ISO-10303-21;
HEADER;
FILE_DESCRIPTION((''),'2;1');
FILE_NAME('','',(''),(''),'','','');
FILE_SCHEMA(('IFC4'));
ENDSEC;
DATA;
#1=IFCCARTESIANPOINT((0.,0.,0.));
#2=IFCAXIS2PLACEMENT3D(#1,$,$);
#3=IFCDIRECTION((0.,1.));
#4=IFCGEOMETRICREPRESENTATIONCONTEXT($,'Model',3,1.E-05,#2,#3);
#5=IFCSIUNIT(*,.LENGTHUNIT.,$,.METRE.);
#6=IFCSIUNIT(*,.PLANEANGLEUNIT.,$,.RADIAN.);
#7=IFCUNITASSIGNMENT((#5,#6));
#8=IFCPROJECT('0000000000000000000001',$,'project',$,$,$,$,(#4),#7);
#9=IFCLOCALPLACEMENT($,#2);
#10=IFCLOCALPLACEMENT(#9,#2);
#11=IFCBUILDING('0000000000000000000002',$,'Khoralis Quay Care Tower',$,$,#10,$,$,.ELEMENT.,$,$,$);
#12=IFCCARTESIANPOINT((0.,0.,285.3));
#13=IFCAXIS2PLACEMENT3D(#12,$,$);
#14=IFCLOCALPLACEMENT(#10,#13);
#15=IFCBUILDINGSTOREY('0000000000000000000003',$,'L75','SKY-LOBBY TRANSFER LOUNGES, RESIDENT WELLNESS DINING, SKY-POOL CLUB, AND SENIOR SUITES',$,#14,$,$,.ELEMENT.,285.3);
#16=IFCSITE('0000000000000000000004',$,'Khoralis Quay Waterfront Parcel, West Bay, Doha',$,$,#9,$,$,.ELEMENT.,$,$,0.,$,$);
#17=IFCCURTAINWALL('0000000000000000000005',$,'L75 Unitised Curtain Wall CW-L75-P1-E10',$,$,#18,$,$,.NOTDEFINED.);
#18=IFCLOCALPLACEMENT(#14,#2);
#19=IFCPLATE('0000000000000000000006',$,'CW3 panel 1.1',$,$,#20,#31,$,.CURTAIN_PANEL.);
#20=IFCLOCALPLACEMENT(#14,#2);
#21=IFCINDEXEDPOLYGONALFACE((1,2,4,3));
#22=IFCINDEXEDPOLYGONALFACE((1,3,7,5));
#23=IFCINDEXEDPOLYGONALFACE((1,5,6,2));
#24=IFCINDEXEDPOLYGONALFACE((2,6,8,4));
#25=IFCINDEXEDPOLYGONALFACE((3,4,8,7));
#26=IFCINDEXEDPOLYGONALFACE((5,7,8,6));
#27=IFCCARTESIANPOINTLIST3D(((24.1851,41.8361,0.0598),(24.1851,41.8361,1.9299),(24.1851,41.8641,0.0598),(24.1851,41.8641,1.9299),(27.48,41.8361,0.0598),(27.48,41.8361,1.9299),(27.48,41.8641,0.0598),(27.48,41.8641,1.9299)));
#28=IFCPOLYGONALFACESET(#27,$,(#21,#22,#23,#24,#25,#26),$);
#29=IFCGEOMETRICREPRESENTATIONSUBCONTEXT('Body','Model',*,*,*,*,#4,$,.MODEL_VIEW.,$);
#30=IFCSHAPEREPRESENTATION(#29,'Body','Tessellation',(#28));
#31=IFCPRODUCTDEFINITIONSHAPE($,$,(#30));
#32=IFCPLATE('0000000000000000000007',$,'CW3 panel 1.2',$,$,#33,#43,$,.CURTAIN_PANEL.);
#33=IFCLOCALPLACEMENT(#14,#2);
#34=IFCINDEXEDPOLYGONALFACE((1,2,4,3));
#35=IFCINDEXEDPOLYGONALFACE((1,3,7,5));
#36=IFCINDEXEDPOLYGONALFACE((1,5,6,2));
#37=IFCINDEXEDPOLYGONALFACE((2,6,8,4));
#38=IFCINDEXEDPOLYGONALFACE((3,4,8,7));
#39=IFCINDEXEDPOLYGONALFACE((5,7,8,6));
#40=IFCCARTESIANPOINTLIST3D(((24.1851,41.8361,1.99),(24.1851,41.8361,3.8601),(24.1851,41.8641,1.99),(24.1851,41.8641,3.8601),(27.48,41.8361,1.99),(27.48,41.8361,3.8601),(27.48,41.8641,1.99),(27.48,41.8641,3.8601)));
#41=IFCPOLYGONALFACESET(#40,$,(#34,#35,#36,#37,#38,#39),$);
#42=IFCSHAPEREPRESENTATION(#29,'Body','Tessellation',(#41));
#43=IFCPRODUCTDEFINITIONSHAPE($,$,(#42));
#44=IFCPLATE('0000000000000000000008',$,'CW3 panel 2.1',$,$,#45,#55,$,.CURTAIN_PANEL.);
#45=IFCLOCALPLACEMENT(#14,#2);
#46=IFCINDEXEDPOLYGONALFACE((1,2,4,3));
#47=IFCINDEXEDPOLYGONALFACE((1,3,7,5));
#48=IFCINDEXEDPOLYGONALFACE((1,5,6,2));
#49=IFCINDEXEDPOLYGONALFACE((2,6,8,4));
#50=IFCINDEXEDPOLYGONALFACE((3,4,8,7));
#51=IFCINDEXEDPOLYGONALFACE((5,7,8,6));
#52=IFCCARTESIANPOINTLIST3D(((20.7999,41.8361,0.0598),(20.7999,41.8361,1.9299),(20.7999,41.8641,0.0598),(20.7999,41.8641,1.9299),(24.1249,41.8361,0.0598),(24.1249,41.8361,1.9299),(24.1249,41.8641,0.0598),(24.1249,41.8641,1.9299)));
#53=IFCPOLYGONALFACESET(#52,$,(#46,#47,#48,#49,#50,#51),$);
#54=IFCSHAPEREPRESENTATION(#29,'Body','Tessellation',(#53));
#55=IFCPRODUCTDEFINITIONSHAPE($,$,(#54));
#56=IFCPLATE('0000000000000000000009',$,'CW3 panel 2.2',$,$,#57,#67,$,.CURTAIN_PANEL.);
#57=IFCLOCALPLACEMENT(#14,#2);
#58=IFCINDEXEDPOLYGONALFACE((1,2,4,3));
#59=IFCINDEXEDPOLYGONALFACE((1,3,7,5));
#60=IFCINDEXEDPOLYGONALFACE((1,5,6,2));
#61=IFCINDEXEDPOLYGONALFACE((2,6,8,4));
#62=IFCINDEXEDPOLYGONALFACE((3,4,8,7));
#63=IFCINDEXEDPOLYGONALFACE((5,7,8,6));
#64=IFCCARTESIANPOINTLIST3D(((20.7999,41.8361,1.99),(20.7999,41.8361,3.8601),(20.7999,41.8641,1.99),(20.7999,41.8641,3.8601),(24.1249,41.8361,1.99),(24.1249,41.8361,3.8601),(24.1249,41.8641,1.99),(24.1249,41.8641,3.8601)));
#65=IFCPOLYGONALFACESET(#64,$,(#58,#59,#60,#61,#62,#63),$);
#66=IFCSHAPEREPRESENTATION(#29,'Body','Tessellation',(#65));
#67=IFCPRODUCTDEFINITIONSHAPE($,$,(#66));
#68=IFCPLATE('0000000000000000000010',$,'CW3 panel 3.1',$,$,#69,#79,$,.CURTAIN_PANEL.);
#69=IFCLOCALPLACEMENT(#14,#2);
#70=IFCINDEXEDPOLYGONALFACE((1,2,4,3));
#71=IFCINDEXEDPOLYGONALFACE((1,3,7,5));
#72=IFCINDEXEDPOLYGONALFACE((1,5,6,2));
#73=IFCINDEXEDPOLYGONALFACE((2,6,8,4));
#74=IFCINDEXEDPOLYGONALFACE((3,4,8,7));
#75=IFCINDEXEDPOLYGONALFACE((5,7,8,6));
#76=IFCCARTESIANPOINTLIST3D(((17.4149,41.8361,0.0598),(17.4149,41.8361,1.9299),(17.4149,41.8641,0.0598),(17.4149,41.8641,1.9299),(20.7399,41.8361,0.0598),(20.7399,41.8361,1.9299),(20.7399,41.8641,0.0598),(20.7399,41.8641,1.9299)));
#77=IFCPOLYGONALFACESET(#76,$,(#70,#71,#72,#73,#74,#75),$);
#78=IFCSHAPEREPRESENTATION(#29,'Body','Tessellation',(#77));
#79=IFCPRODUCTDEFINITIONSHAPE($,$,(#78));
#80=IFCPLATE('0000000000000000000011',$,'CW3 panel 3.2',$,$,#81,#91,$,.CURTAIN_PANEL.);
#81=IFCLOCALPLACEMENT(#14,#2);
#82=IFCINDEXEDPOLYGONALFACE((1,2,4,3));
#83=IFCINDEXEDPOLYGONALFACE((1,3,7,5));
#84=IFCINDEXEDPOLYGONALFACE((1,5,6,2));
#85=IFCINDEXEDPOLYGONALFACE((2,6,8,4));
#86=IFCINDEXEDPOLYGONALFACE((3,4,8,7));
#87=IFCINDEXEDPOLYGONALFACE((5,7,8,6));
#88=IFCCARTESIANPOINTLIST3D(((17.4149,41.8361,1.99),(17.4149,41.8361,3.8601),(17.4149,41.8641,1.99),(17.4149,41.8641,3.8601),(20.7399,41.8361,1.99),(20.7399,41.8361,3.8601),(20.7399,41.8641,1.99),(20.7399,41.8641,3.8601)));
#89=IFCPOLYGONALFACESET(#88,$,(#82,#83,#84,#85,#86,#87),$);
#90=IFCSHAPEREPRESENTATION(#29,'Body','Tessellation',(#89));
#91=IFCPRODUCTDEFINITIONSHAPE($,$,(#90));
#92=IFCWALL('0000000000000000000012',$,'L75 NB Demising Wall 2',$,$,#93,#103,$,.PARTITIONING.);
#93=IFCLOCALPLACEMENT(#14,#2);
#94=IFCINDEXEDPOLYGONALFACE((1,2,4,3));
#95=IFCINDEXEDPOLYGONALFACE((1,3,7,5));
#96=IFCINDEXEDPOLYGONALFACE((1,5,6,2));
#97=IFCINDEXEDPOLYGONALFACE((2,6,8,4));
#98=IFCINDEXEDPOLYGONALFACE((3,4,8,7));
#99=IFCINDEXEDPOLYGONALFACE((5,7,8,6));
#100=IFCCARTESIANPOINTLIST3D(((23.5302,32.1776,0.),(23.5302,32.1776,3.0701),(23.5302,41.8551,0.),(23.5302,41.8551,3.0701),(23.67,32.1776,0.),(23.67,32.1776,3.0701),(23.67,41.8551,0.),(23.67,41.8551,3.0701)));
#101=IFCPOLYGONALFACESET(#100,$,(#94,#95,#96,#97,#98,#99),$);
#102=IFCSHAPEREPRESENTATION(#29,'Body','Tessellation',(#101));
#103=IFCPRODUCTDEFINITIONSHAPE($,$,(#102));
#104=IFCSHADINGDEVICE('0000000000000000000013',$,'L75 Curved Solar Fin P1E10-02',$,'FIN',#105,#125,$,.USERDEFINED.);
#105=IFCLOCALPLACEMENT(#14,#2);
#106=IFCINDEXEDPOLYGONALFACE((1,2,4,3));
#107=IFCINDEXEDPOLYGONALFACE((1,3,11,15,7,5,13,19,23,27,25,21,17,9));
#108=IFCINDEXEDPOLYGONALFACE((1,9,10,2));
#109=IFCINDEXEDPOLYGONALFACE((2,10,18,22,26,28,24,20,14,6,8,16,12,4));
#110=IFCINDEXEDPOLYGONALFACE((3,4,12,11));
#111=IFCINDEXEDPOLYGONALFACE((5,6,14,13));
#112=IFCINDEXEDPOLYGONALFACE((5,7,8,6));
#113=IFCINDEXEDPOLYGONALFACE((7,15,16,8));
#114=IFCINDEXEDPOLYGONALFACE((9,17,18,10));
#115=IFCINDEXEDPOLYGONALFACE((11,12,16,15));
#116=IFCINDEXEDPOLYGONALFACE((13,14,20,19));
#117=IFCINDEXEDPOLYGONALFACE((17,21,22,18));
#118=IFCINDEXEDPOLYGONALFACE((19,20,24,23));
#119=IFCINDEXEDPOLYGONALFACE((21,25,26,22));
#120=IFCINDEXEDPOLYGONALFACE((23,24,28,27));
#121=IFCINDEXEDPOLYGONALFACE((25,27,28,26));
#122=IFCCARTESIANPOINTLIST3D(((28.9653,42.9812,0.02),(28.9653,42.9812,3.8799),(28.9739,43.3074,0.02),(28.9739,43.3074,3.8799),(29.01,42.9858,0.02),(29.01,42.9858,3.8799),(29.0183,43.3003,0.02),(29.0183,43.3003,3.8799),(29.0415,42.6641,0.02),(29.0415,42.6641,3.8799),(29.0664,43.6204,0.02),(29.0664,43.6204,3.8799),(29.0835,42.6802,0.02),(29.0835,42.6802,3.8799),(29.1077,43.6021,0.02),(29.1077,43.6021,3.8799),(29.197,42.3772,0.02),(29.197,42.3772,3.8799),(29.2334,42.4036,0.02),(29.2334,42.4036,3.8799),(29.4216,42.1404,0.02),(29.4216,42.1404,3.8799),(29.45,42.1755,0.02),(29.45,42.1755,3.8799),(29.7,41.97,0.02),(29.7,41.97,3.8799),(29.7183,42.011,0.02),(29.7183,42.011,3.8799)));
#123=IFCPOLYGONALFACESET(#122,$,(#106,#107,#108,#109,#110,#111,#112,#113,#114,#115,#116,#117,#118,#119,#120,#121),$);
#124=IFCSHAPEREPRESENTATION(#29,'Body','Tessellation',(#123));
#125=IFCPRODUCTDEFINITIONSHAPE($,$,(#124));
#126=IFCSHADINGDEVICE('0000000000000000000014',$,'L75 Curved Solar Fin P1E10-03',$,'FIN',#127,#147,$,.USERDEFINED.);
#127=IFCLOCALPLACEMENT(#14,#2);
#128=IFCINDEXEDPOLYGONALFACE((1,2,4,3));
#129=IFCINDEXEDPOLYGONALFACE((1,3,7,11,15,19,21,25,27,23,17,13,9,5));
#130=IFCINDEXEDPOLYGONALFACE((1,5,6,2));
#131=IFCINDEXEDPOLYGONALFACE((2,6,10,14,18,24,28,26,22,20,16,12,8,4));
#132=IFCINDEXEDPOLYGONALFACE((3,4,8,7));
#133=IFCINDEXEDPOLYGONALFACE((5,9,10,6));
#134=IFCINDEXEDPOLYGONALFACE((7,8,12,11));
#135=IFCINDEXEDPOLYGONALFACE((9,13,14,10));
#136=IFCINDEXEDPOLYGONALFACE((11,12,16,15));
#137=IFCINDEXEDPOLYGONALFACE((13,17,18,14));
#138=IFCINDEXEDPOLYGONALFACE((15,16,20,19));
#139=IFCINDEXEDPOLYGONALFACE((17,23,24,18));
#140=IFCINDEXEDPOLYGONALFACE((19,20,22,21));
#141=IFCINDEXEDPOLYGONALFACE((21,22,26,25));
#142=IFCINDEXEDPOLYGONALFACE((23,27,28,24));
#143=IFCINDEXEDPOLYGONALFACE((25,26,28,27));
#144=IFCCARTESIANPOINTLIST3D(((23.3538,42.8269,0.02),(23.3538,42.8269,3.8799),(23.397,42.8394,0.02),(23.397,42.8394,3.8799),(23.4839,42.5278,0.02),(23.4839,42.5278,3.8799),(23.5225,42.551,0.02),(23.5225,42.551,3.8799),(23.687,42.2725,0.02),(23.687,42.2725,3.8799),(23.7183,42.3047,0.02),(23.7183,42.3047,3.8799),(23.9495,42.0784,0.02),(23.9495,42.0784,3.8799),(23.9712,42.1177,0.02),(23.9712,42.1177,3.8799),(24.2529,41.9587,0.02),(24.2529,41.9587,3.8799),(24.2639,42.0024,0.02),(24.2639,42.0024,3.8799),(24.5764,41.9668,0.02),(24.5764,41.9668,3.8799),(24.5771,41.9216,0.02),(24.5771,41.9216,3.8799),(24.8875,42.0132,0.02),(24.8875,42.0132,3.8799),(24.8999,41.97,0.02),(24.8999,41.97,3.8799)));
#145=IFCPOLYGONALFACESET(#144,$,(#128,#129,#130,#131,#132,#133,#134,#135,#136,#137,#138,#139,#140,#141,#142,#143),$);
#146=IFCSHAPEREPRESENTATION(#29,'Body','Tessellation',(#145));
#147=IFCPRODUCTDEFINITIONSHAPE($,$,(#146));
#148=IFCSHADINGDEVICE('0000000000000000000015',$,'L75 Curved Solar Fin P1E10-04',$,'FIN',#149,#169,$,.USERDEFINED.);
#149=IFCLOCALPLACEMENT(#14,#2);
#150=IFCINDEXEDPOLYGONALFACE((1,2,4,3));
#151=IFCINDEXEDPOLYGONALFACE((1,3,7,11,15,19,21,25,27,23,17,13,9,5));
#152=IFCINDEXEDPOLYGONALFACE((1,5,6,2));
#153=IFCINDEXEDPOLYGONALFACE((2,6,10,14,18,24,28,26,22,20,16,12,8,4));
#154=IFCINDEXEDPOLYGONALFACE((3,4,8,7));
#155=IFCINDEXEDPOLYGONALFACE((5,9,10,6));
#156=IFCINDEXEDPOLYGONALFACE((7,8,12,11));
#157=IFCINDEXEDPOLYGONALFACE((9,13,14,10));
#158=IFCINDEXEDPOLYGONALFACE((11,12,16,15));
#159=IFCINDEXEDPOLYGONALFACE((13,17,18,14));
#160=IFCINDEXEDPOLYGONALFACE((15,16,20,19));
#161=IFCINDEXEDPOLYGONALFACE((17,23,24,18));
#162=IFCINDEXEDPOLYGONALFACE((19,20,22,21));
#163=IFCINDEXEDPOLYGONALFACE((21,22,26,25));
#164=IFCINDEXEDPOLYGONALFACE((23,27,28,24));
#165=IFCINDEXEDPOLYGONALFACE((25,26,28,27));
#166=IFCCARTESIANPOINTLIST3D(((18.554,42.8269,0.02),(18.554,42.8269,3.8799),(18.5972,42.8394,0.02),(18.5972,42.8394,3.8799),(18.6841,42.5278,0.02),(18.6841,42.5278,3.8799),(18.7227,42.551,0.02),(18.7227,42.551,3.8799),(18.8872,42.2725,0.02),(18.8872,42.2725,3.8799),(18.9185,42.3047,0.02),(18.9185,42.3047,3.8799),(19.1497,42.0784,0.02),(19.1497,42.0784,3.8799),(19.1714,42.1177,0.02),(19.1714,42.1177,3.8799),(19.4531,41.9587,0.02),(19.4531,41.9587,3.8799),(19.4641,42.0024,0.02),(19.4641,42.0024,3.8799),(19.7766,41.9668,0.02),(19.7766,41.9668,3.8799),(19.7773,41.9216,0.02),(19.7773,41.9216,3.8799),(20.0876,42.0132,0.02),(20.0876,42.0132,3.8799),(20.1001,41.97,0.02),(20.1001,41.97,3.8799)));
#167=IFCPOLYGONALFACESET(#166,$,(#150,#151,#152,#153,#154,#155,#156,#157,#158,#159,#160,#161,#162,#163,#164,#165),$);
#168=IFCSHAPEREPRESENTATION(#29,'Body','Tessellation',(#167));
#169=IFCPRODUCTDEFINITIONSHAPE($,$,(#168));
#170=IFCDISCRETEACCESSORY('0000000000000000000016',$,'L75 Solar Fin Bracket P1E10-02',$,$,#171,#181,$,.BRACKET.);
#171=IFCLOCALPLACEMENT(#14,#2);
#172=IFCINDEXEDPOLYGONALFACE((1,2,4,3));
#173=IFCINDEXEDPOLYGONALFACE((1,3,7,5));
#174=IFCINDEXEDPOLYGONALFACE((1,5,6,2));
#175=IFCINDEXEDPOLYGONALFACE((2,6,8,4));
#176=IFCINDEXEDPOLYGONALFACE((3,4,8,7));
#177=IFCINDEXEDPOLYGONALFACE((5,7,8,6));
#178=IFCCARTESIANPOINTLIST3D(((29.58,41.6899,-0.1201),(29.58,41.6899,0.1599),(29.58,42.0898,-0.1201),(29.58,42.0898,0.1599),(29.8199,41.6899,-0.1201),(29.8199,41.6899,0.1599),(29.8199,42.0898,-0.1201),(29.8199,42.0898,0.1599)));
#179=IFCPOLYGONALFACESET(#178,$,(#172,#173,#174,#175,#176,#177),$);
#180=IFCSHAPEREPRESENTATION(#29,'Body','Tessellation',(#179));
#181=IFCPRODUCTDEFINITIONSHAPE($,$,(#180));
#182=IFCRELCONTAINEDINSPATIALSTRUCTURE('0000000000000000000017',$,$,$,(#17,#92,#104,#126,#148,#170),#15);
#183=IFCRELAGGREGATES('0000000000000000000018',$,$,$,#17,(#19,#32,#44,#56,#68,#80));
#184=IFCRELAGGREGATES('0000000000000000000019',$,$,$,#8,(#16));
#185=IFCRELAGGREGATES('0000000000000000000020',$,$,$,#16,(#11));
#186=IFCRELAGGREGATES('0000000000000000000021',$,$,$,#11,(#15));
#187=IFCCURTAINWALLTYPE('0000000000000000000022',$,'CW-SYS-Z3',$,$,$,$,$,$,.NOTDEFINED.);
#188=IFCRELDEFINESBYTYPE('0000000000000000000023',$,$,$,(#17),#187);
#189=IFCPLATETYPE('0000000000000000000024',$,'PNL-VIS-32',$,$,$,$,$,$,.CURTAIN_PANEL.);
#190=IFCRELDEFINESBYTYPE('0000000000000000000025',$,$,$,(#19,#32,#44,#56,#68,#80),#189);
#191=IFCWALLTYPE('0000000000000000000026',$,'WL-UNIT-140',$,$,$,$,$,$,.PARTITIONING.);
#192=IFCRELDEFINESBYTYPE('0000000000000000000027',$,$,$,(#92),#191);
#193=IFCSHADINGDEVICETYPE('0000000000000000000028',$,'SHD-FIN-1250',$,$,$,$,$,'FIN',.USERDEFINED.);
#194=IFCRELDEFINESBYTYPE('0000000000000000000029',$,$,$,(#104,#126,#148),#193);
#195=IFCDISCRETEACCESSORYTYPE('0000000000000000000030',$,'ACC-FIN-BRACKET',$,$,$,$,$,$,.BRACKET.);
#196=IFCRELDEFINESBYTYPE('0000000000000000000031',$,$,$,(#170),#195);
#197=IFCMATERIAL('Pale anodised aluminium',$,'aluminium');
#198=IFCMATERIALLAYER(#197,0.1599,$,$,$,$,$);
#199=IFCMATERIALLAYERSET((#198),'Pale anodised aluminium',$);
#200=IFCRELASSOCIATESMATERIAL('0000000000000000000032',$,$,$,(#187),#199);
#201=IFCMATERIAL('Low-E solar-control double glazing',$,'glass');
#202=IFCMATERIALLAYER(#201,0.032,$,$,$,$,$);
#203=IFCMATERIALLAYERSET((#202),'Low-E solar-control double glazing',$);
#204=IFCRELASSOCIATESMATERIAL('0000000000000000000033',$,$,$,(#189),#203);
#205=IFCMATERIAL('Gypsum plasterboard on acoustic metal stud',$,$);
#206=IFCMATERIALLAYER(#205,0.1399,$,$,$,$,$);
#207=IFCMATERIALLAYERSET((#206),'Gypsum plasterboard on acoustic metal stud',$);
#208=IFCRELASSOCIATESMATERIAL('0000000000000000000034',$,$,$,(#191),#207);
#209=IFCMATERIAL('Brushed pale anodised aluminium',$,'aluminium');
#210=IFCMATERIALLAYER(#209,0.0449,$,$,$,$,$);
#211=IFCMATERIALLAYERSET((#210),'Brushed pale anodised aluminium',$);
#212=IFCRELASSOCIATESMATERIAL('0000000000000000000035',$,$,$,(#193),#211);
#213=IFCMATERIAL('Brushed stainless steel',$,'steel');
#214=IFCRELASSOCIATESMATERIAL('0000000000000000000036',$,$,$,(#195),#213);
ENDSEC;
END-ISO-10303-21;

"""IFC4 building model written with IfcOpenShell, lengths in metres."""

from ifc_helpers import new_model, si_unit, direction, frame, frame_2d, origin, origin_2d, place, context, subcontext, project, spatial, polyline, rectangle, outline, extrude, source, transform, mapped, material, layer, layer_set, type_object, element, aggregate, save


model = new_model("IFC4")

# Units and contexts
model_context = context("Model", 3, precision=1e-05, world=origin(), true_north=direction((0.0, 1.0)))
body_context = subcontext(model_context, "Body", "Model", "MODEL_VIEW")
ifc_project = project(units=[si_unit("LENGTHUNIT", "METRE"), si_unit("PLANEANGLEUNIT", "RADIAN")], contexts=[model_context])

# Site, building, storey
site_placement = place(None, origin())
site = spatial("IfcSite", under=ifc_project, at=site_placement, Name="Khoralis Quay Waterfront Parcel, West Bay, Doha", CompositionType="ELEMENT", RefElevation=0.0)
building_placement = place(site_placement, origin())
building = spatial("IfcBuilding", under=site, at=building_placement, Name="Khoralis Quay Care Tower", CompositionType="ELEMENT")
storey_placement = place(building_placement, frame((0.0, 0.0, 285.3)))
storey = spatial("IfcBuildingStorey", under=building, at=storey_placement, Name="L75", Description="SKY-LOBBY TRANSFER LOUNGES, RESIDENT WELLNESS DINING, SKY-POOL CLUB, AND SENIOR SUITES", CompositionType="ELEMENT", Elevation=285.3)

# Curtain wall, plates
ifc_material_1 = material(Name="Pale anodised aluminium", Category="aluminium")
ifc_layer_1 = layer(ifc_material_1, 0.1599)
ifc_layer_set_1 = layer_set([ifc_layer_1], Name="Pale anodised aluminium")
curtain_wall_type = type_object("IfcCurtainWallType", Name="CW-SYS-Z3", PredefinedType="NOTDEFINED", material=ifc_layer_set_1)
curtain_wall_placement = place(storey_placement, origin())
curtain_wall = element("IfcCurtainWall", 1, at=curtain_wall_placement, inside=storey, type_object=curtain_wall_type, Name="L75 Unitised Curtain Wall CW-L75-P1-E10", PredefinedType="NOTDEFINED")
ifc_material_2 = material(Name="Low-E solar-control double glazing", Category="glass")
ifc_layer_2 = layer(ifc_material_2, 0.032)
ifc_layer_set_2 = layer_set([ifc_layer_2], Name="Low-E solar-control double glazing")
plate_type = type_object("IfcPlateType", Name="PNL-VIS-32", PredefinedType="CURTAIN_PANEL", material=ifc_layer_set_2)
shared_shape_1 = source(origin(), body_context, "Body", "SweptSolid", [
    extrude(rectangle(XDim=3.2949, YDim=0.0281, at=origin_2d()), origin(), (0.0, 0.0, 1.0), 1.8701),
])
plate_1_placement = place(storey_placement, frame((25.8325, 41.8501, 0.0598), z_axis=(0.0, 0.0, 1.0), x_axis=(-1.0, 0.0, 0.0)))
plate_1 = element("IfcPlate", 2, at=plate_1_placement, type_object=plate_type, Name="CW3 panel 1.1", PredefinedType="CURTAIN_PANEL", context=body_context, shape_type="MappedRepresentation", body=[
    mapped(shared_shape_1, transform((0.0, 0.0, 0.0), scale=1.0)),
])
plate_2_placement = place(storey_placement, frame((25.8325, 41.8501, 1.99), z_axis=(0.0, 0.0, 1.0), x_axis=(-1.0, 0.0, 0.0)))
plate_2 = element("IfcPlate", 3, at=plate_2_placement, type_object=plate_type, Name="CW3 panel 1.2", PredefinedType="CURTAIN_PANEL", context=body_context, shape_type="MappedRepresentation", body=[
    mapped(shared_shape_1, transform((0.0, 0.0, 0.0), scale=1.0)),
])
shared_shape_2 = source(origin(), body_context, "Body", "SweptSolid", [
    extrude(rectangle(XDim=3.325, YDim=0.0281, at=origin_2d()), origin(), (0.0, 0.0, 1.0), 1.8701),
])
plate_3_placement = place(storey_placement, frame((22.4624, 41.8501, 0.0598), z_axis=(0.0, 0.0, 1.0), x_axis=(-1.0, 0.0, 0.0)))
plate_3 = element("IfcPlate", 4, at=plate_3_placement, type_object=plate_type, Name="CW3 panel 2.1", PredefinedType="CURTAIN_PANEL", context=body_context, shape_type="MappedRepresentation", body=[
    mapped(shared_shape_2, transform((0.0, 0.0, 0.0), scale=1.0)),
])
plate_4_placement = place(storey_placement, frame((22.4624, 41.8501, 1.99), z_axis=(0.0, 0.0, 1.0), x_axis=(-1.0, 0.0, 0.0)))
plate_4 = element("IfcPlate", 5, at=plate_4_placement, type_object=plate_type, Name="CW3 panel 2.2", PredefinedType="CURTAIN_PANEL", context=body_context, shape_type="MappedRepresentation", body=[
    mapped(shared_shape_2, transform((0.0, 0.0, 0.0), scale=1.0)),
])
plate_5_placement = place(storey_placement, frame((19.0774, 41.8501, 0.0598), z_axis=(0.0, 0.0, 1.0), x_axis=(-1.0, 0.0, 0.0)))
plate_5 = element("IfcPlate", 6, at=plate_5_placement, type_object=plate_type, Name="CW3 panel 3.1", PredefinedType="CURTAIN_PANEL", context=body_context, shape_type="MappedRepresentation", body=[
    mapped(shared_shape_2, transform((0.0, 0.0, 0.0), scale=1.0)),
])
plate_6_placement = place(storey_placement, frame((19.0774, 41.8501, 1.99), z_axis=(0.0, 0.0, 1.0), x_axis=(-1.0, 0.0, 0.0)))
plate_6 = element("IfcPlate", 7, at=plate_6_placement, type_object=plate_type, Name="CW3 panel 3.2", PredefinedType="CURTAIN_PANEL", context=body_context, shape_type="MappedRepresentation", body=[
    mapped(shared_shape_2, transform((0.0, 0.0, 0.0), scale=1.0)),
])
aggregate(curtain_wall, [plate_1, plate_2, plate_3, plate_4, plate_5, plate_6])

# Wall
ifc_material_3 = material(Name="Gypsum plasterboard on acoustic metal stud")
ifc_layer_3 = layer(ifc_material_3, 0.1399)
ifc_layer_set_3 = layer_set([ifc_layer_3], Name="Gypsum plasterboard on acoustic metal stud")
wall_type = type_object("IfcWallType", Name="WL-UNIT-140", PredefinedType="PARTITIONING", material=ifc_layer_set_3)
wall_placement = place(storey_placement, frame((23.6001, 32.1775, 0.0), z_axis=(0.0, 0.0, 1.0), x_axis=(0.0, 1.0, 0.0)))
element("IfcWall", 8, at=wall_placement, inside=storey, type_object=wall_type, Name="L75 NB Demising Wall 2", PredefinedType="PARTITIONING", context=body_context, shape_type="SweptSolid", body=[
    extrude(rectangle(XDim=9.6775, YDim=0.1399, at=frame_2d((4.8389, 0.0))), origin(), (0.0, 0.0, 1.0), 3.0701),
])

# Shading devices
ifc_material_4 = material(Name="Brushed pale anodised aluminium", Category="aluminium")
ifc_layer_4 = layer(ifc_material_4, 0.0449)
ifc_layer_set_4 = layer_set([ifc_layer_4], Name="Brushed pale anodised aluminium")
shading_device_type = type_object("IfcShadingDeviceType", Name="SHD-FIN-1250", ElementType="FIN", PredefinedType="USERDEFINED", material=ifc_layer_set_4)
shared_shape_3 = source(origin(), body_context, "Body", "SweptSolid", [
    extrude(outline(polyline([(0.0, 0.0), (0.1704, 0.2783), (0.4072, 0.5029), (0.6941, 0.6584), (1.0112, 0.7346), (1.3374, 0.7261), (1.6504, 0.6335), (1.6321, 0.5923), (1.3303, 0.6816), (1.0159, 0.6899), (0.7102, 0.6165), (0.4336, 0.4666), (0.2056, 0.25), (0.041, -0.0183), (0.0, 0.0)])), origin(), (0.0, 0.0, 1.0), 3.8599),
])
shading_device_placement = place(storey_placement, frame((29.7, 41.97, 0.02), z_axis=(0.0, 0.0, 1.0), x_axis=(0.0, 1.0, 0.0)))
element("IfcShadingDevice", 9, at=shading_device_placement, inside=storey, type_object=shading_device_type, Name="L75 Curved Solar Fin P1E10-02", ObjectType="FIN", PredefinedType="USERDEFINED", context=body_context, shape_type="MappedRepresentation", body=[
    mapped(shared_shape_3, transform((0.0, 0.0, 0.0), scale=1.0)),
])
shared_shape_4 = source(origin(), body_context, "Body", "SweptSolid", [
    extrude(outline(polyline([(0.0, 0.0), (-0.0483, 0.3228), (-0.0112, 0.647), (0.1084, 0.9504), (0.3025, 1.2129), (0.5579, 1.416), (0.8569, 1.5461), (0.8694, 1.5029), (0.5811, 1.3774), (0.3347, 1.1816), (0.1477, 0.9287), (0.0325, 0.636), (-0.0032, 0.3235), (0.0432, 0.0125), (0.0, 0.0)])), origin(), (0.0, 0.0, 1.0), 3.8599),
])
for number, where, z_axis, x_axis, name in (
    (10, (24.8999, 41.97, 0.02), (0.0, 0.0, 1.0), (0.0, 1.0, 0.0), "L75 Curved Solar Fin P1E10-03"),
    (11, (20.1001, 41.97, 0.02), (0.0, 0.0, 1.0), (0.0, 1.0, 0.0), "L75 Curved Solar Fin P1E10-04"),
):
    element("IfcShadingDevice", number, at=place(storey_placement, frame(where, z_axis=z_axis, x_axis=x_axis)), inside=storey, type_object=shading_device_type, Name=name, ObjectType="FIN", PredefinedType="USERDEFINED", context=body_context, shape_type="MappedRepresentation", body=[
        mapped(shared_shape_4, transform((0.0, 0.0, 0.0), scale=1.0)),
    ])

# Discrete accessory
ifc_material_5 = material(Name="Brushed stainless steel", Category="steel")
discrete_accessory_type = type_object("IfcDiscreteAccessoryType", Name="ACC-FIN-BRACKET", PredefinedType="BRACKET", material=ifc_material_5)
shared_shape_5 = source(origin(), body_context, "Body", "SweptSolid", [
    extrude(rectangle(XDim=0.3999, YDim=0.24, at=origin_2d()), origin(), (0.0, 0.0, 1.0), 0.28),
])
for number, where, z_axis, x_axis, name in (
    (12, (29.7, 41.8899, -0.1201), (0.0, 0.0, 1.0), (0.0, 1.0, 0.0), "L75 Solar Fin Bracket P1E10-02"),
):
    element("IfcDiscreteAccessory", number, at=place(storey_placement, frame(where, z_axis=z_axis, x_axis=x_axis)), inside=storey, type_object=discrete_accessory_type, Name=name, PredefinedType="BRACKET", context=body_context, shape_type="MappedRepresentation", body=[
        mapped(shared_shape_5, transform((0.0, 0.0, 0.0), scale=1.0)),
    ])

save(model, "model.ifc")
